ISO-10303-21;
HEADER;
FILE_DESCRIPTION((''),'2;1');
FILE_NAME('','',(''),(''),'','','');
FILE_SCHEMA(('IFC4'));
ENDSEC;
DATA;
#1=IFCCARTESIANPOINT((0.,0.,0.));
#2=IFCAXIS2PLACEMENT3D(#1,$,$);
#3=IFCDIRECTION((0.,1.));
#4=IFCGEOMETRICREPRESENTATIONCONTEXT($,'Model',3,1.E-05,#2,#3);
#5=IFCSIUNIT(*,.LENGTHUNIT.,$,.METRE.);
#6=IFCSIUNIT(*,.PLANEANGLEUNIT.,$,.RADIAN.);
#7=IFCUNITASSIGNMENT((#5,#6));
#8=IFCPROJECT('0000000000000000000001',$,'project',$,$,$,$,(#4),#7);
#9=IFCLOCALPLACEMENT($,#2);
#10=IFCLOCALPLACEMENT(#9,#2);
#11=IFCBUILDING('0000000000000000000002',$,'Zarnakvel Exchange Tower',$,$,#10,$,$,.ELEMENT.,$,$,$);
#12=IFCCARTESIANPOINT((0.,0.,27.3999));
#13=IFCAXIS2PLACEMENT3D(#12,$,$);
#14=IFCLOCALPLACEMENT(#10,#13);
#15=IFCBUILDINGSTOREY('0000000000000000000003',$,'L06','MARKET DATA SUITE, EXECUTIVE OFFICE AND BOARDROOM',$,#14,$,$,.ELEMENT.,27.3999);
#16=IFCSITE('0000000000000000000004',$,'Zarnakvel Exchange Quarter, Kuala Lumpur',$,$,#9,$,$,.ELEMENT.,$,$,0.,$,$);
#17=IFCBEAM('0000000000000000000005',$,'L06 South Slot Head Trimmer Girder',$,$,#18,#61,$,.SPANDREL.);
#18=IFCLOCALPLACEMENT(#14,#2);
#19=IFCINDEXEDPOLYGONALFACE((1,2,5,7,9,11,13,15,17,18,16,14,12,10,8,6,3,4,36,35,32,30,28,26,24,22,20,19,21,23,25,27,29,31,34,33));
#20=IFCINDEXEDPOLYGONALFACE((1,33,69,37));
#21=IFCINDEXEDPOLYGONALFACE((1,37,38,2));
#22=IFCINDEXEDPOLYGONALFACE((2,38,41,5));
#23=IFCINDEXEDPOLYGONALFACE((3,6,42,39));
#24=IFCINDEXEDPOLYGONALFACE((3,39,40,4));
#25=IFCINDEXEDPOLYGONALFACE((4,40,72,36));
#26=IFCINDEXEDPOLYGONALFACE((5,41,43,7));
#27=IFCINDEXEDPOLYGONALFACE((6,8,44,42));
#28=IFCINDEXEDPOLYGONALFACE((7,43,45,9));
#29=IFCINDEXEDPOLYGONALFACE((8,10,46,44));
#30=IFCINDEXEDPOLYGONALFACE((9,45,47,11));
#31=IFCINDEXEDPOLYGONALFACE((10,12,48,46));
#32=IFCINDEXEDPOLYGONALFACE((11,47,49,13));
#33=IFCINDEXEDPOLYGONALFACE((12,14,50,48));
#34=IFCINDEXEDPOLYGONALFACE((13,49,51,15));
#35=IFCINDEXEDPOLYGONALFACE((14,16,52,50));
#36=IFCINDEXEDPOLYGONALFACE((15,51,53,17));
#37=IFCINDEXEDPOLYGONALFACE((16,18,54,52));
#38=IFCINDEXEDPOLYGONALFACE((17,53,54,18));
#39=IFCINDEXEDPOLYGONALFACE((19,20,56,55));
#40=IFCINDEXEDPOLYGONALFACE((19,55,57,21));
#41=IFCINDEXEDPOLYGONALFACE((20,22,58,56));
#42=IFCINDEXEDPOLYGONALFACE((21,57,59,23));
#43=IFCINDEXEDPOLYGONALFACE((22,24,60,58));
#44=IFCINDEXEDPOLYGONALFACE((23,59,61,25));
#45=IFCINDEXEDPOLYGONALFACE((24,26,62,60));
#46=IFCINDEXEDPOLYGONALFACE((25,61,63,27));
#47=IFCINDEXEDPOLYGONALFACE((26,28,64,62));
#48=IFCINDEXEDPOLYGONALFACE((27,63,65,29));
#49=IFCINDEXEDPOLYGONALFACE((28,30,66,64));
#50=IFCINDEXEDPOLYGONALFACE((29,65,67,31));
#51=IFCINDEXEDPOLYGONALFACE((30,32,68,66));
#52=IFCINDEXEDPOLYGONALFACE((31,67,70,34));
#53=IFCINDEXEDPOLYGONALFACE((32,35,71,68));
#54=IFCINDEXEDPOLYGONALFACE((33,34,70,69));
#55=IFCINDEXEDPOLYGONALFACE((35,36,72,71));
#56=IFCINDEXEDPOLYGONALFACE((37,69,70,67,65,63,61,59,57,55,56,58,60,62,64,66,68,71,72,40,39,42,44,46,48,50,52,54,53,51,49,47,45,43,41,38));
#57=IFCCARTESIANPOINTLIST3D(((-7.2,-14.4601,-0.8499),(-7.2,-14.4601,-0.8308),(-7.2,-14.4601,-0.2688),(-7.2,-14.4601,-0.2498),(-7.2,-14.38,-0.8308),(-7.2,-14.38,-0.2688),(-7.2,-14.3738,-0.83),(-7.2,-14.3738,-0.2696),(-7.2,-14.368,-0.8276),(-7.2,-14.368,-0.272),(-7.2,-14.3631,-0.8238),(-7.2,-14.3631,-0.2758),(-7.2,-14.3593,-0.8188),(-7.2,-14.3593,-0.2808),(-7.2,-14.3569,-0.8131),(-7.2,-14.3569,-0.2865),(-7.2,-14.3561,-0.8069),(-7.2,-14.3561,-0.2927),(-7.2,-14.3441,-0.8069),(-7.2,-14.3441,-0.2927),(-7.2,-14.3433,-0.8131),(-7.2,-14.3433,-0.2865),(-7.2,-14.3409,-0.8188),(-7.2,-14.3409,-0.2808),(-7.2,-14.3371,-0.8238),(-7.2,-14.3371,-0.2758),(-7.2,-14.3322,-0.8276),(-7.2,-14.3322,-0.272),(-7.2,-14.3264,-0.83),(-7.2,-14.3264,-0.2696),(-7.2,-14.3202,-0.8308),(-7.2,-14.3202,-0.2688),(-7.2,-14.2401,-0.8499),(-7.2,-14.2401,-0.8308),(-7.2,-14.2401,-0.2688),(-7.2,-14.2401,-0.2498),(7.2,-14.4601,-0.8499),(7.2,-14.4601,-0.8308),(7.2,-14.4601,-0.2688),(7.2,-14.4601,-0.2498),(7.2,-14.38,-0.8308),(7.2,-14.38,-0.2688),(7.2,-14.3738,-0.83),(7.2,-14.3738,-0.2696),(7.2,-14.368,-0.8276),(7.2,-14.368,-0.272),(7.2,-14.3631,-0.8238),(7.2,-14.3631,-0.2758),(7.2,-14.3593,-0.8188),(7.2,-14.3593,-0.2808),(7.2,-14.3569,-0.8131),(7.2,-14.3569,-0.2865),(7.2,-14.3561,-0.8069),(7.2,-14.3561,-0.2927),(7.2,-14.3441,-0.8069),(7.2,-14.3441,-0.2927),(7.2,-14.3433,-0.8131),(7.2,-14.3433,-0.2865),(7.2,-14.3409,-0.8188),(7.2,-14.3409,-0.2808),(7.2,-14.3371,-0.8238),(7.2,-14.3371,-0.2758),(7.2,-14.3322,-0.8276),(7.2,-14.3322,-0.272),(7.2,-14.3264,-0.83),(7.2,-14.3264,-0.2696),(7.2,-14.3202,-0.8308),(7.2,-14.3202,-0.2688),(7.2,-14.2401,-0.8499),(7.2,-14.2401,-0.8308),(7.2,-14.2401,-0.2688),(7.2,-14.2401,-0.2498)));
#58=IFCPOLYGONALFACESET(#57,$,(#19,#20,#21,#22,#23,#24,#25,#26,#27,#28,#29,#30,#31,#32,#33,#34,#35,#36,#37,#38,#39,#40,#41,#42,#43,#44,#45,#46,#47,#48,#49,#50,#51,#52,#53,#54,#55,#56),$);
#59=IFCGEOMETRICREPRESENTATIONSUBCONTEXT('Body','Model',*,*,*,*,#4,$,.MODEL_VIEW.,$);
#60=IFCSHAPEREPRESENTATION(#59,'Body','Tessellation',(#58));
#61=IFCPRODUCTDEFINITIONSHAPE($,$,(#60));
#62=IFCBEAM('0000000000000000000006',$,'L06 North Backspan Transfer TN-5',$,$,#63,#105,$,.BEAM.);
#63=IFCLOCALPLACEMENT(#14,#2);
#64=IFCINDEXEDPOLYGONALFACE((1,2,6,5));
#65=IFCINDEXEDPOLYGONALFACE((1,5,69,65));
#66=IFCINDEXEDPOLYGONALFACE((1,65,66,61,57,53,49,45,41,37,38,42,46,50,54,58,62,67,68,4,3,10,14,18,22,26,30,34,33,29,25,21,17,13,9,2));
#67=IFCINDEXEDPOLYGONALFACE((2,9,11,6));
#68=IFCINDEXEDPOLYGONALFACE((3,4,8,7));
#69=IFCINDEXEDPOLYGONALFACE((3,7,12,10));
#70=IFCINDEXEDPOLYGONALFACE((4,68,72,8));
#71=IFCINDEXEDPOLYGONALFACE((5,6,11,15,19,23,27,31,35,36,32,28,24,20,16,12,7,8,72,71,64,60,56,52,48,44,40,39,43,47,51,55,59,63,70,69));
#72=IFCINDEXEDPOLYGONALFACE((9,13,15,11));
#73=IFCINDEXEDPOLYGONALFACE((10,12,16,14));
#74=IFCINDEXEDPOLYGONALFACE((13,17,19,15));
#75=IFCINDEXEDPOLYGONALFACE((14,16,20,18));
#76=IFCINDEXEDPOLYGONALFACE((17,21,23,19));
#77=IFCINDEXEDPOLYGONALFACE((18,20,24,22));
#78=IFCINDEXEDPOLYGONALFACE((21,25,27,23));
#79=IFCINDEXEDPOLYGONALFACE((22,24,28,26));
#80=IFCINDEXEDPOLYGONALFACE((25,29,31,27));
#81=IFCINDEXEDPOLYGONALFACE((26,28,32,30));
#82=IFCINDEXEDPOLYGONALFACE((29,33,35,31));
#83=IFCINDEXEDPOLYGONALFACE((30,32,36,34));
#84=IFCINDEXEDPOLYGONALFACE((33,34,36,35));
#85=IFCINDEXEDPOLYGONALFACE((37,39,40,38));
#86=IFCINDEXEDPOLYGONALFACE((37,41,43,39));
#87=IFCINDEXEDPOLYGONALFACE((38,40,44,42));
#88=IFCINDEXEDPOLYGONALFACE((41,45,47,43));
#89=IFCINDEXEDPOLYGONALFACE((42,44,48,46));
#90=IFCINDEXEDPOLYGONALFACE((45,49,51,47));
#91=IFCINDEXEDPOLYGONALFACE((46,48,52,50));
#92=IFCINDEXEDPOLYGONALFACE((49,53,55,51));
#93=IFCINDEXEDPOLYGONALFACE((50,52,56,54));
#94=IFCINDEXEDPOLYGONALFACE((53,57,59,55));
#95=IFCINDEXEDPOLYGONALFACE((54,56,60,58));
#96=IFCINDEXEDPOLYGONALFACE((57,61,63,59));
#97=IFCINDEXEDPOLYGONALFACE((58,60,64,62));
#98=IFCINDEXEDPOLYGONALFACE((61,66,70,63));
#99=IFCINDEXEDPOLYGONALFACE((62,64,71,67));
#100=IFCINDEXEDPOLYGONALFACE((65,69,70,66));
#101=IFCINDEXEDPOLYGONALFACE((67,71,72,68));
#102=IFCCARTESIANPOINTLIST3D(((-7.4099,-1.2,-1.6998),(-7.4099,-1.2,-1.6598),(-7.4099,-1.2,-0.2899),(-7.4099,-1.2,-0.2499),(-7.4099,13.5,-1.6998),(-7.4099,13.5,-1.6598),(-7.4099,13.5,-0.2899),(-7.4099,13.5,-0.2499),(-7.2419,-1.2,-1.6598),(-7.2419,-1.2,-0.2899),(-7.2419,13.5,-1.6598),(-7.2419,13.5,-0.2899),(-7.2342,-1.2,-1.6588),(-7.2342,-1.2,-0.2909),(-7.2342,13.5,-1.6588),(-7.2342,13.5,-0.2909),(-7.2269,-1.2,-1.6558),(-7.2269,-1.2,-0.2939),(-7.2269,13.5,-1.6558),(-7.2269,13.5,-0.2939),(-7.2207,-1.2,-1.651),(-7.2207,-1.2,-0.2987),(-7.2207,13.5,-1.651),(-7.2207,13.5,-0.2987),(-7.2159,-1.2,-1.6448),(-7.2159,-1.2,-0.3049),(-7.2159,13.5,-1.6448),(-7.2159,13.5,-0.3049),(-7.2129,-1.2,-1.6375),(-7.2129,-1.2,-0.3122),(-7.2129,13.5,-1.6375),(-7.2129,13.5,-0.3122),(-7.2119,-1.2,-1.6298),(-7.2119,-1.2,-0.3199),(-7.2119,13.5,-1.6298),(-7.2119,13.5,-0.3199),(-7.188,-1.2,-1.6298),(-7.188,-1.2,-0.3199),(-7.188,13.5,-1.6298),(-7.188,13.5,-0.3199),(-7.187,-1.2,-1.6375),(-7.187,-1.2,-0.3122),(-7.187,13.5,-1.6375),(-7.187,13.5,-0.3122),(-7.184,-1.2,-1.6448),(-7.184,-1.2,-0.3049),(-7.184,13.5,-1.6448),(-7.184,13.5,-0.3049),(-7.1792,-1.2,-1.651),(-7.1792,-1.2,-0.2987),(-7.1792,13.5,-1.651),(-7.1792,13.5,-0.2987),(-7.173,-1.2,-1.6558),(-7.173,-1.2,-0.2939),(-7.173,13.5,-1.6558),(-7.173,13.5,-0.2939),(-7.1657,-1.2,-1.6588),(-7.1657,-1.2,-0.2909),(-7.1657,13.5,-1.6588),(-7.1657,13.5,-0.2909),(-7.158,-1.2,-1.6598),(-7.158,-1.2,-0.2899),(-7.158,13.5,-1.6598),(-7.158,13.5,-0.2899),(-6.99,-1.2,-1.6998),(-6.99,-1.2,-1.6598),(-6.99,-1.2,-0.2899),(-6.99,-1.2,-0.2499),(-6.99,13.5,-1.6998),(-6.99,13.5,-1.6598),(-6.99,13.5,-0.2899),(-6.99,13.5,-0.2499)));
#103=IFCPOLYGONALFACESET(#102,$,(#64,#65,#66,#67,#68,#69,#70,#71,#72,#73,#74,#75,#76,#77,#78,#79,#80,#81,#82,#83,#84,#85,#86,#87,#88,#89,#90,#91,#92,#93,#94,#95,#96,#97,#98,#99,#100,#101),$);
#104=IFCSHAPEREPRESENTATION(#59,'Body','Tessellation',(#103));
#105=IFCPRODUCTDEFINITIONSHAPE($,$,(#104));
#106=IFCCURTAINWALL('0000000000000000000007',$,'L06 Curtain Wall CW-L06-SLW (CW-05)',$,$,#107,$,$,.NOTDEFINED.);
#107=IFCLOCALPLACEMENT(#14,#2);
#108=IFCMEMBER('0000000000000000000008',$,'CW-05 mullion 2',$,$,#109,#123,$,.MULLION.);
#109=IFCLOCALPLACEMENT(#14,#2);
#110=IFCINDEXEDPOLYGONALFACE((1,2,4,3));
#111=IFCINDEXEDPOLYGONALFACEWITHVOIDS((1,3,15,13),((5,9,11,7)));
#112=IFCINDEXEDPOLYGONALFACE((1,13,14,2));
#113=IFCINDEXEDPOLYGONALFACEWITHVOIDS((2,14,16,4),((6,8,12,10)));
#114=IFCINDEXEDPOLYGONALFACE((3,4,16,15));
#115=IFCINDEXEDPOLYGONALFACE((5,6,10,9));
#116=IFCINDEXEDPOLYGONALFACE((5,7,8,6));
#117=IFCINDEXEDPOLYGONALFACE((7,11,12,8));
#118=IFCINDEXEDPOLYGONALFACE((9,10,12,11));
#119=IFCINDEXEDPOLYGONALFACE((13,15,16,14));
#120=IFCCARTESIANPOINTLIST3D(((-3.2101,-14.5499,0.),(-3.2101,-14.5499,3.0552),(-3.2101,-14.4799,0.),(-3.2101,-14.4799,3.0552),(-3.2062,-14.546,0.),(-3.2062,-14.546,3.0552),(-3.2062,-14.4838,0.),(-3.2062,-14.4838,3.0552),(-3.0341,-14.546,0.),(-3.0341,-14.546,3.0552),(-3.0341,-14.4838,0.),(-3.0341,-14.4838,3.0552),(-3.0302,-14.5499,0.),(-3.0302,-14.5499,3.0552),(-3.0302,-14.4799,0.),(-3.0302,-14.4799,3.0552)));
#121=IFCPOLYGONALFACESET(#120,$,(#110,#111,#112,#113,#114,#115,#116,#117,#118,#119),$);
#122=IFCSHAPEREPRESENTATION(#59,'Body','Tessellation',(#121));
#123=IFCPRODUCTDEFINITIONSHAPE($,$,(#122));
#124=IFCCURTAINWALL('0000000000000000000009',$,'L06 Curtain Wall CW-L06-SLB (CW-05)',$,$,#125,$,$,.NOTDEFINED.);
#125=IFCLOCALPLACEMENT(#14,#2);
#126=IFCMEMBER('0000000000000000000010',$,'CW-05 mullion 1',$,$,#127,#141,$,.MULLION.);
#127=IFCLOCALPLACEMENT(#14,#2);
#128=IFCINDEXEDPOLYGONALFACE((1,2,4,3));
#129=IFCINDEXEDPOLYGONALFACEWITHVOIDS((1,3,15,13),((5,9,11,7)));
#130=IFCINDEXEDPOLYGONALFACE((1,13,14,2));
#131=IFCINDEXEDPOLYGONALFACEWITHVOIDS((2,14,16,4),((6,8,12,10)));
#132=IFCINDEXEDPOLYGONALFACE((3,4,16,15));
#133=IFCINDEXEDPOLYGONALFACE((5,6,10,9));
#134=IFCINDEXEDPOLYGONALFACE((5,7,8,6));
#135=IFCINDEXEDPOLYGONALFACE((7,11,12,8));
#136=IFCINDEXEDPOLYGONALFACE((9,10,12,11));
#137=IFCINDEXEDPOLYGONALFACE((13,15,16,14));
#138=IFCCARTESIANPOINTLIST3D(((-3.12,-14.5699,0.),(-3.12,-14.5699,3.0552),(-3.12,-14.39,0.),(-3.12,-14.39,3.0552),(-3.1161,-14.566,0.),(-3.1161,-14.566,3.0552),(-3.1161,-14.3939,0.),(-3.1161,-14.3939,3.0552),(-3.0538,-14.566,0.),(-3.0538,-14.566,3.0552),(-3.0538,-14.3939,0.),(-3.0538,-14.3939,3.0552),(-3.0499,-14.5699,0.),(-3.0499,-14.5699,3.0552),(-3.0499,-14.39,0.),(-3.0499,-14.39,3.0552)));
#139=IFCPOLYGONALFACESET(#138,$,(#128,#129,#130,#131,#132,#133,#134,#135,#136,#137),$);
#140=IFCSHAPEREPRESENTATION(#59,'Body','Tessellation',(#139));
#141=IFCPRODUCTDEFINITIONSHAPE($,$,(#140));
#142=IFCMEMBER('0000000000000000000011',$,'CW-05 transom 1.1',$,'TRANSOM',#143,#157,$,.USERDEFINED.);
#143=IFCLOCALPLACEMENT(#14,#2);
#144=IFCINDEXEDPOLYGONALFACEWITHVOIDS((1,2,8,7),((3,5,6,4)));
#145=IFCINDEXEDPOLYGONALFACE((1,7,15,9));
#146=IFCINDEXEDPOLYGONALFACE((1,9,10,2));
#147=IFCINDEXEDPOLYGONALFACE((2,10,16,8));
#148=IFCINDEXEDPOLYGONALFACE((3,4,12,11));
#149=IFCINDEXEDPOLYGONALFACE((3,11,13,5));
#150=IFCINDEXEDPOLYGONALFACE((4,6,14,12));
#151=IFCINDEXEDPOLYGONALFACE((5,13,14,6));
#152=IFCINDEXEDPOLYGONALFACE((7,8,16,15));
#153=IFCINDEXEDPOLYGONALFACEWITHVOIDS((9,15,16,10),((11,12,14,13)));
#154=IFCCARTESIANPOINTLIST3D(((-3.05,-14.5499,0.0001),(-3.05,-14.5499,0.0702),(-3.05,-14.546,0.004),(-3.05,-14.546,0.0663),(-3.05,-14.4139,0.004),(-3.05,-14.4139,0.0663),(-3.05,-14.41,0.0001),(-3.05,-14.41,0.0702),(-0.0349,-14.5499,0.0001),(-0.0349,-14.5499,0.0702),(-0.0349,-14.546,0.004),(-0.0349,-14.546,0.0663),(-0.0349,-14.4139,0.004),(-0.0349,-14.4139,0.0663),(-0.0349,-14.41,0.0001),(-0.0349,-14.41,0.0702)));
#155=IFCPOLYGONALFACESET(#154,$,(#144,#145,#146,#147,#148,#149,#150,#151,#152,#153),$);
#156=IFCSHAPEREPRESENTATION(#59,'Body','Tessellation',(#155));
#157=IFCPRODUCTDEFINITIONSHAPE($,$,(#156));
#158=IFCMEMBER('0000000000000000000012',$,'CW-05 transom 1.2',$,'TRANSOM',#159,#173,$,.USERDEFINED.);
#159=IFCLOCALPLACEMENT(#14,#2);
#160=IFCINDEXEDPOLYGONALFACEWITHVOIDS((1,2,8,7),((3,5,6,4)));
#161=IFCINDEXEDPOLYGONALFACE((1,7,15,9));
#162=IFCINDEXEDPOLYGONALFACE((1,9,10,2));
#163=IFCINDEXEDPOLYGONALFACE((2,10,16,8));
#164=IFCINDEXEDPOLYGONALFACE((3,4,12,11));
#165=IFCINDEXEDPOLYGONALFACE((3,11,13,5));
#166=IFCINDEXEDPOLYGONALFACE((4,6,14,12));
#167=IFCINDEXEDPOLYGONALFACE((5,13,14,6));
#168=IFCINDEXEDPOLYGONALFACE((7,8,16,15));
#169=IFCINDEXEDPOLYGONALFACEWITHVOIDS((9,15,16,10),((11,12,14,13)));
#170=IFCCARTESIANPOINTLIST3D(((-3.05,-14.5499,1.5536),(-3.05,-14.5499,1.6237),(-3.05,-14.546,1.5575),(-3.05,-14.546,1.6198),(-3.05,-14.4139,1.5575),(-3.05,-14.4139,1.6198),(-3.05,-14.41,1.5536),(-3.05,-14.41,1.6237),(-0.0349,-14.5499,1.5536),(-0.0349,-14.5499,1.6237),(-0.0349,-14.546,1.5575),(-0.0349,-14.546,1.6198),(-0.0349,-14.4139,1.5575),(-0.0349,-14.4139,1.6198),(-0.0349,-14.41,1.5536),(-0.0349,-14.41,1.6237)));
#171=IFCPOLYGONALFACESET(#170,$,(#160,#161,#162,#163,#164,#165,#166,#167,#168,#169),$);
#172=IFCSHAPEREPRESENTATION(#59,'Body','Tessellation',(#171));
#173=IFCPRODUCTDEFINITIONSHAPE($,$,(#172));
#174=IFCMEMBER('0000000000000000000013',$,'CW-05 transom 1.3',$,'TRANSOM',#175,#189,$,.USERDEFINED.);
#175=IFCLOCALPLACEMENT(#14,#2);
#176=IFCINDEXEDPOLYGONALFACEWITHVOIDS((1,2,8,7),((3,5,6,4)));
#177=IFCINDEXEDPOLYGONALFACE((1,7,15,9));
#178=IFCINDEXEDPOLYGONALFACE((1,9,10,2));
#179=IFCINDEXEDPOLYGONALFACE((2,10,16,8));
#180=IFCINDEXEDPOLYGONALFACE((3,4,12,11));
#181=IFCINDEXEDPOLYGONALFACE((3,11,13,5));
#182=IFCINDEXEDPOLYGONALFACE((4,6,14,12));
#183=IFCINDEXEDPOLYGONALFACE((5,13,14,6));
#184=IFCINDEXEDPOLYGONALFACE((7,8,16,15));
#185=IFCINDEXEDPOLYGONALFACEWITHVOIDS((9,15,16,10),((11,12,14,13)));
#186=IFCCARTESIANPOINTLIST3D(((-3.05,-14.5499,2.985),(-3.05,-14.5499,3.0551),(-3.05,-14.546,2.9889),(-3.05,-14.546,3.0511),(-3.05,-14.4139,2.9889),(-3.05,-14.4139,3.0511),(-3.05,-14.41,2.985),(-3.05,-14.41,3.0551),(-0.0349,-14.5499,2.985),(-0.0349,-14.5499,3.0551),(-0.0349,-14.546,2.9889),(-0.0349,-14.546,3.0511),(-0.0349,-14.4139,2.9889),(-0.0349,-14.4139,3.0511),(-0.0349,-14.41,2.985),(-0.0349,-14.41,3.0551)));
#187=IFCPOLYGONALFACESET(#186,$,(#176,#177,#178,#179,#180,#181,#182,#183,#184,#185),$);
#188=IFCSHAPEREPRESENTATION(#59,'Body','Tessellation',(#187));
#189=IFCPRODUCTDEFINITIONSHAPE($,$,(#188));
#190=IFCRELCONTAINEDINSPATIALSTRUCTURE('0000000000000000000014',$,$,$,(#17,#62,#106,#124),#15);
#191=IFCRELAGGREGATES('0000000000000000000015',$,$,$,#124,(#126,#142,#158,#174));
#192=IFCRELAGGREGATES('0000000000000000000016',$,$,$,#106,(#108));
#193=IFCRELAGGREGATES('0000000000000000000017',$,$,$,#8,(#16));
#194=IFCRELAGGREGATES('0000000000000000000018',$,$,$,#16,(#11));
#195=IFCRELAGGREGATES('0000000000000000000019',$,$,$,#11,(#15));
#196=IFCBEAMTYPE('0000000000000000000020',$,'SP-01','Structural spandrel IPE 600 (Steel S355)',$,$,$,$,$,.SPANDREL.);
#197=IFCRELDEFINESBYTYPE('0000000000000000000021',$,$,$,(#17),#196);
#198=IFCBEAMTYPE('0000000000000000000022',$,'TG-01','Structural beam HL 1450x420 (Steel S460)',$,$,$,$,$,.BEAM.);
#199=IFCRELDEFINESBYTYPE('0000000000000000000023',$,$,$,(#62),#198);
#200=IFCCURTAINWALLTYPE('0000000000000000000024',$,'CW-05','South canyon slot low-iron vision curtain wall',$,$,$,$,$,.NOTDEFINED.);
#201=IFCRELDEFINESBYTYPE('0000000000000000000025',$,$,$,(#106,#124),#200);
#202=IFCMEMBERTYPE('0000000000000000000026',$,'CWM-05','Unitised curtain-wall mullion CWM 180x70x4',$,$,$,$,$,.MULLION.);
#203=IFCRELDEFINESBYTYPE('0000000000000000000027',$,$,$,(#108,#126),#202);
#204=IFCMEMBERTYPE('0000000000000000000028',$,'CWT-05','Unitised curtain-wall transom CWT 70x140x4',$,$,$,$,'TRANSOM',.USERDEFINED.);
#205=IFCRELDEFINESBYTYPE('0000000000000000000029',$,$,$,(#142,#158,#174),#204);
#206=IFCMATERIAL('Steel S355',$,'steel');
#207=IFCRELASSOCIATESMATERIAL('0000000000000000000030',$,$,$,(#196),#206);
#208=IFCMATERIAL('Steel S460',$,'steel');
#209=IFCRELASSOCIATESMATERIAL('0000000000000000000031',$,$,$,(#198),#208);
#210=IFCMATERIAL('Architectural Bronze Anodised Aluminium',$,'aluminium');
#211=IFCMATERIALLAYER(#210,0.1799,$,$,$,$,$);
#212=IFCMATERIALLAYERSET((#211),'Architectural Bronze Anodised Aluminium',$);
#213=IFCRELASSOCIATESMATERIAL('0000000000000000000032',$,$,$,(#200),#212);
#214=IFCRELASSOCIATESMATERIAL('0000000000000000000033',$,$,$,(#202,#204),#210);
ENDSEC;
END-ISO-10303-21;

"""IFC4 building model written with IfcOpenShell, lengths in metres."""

from ifc_helpers import new_model, si_unit, direction, frame, origin, origin_2d, place, context, subcontext, project, spatial, hollow_rectangle, i_section, extrude, source, transform, mapped, material, layer, layer_set, material_profile, profile_set, type_object, element, aggregate, save


model = new_model("IFC4")

# Units and contexts
model_context = context("Model", 3, precision=1e-05, world=origin(), true_north=direction((0.0, 1.0)))
body_context = subcontext(model_context, "Body", "Model", "MODEL_VIEW")
ifc_project = project(units=[si_unit("LENGTHUNIT", "METRE"), si_unit("PLANEANGLEUNIT", "RADIAN")], contexts=[model_context])

# Site, building, storey
site_placement = place(None, origin())
site = spatial("IfcSite", under=ifc_project, at=site_placement, Name="Zarnakvel Exchange Quarter, Kuala Lumpur", CompositionType="ELEMENT", RefElevation=0.0)
building_placement = place(site_placement, origin())
building = spatial("IfcBuilding", under=site, at=building_placement, Name="Zarnakvel Exchange Tower", CompositionType="ELEMENT")
storey_placement = place(building_placement, frame((0.0, 0.0, 27.3999)))
storey = spatial("IfcBuildingStorey", under=building, at=storey_placement, Name="L06", Description="MARKET DATA SUITE, EXECUTIVE OFFICE AND BOARDROOM", CompositionType="ELEMENT", Elevation=27.3999)

# Beams
ifc_material_1 = material(Name="Steel S355", Category="steel")
ifc_material_profile_1 = material_profile(ifc_material_1, i_section(OverallWidth=0.22, OverallDepth=0.6001, WebThickness=0.012, FlangeThickness=0.019, FilletRadius=0.0239, at=origin_2d()))
ifc_profile_set_1 = profile_set([ifc_material_profile_1], Name="Steel S355")
beam_type_1 = type_object("IfcBeamType", Name="SP-01", Description="Structural spandrel IPE 600 (Steel S355)", PredefinedType="SPANDREL", material=ifc_profile_set_1)
beam_1_placement = place(storey_placement, frame((-7.2, -14.3501, -0.5498), z_axis=(1.0, 0.0, 0.0), x_axis=(0.0, 1.0, 0.0)))
element("IfcBeam", 1, at=beam_1_placement, inside=storey, type_object=beam_type_1, Name="L06 South Slot Head Trimmer Girder", PredefinedType="SPANDREL", context=body_context, shape_type="SweptSolid", body=[
    extrude(i_section(OverallWidth=0.22, OverallDepth=0.6001, WebThickness=0.012, FlangeThickness=0.019, FilletRadius=0.0239, at=origin_2d()), origin(), (0.0, 0.0, 1.0), 14.3999),
])
ifc_material_2 = material(Name="Steel S460", Category="steel")
ifc_material_profile_2 = material_profile(ifc_material_2, i_section(OverallWidth=0.4199, OverallDepth=1.45, WebThickness=0.0239, FlangeThickness=0.04, FilletRadius=0.03, at=origin_2d()))
ifc_profile_set_2 = profile_set([ifc_material_profile_2], Name="Steel S460")
beam_type_2 = type_object("IfcBeamType", Name="TG-01", Description="Structural beam HL 1450x420 (Steel S460)", PredefinedType="BEAM", material=ifc_profile_set_2)
beam_2_placement = place(storey_placement, frame((-7.2, -1.2, -0.9749), z_axis=(0.0, 1.0, 0.0), x_axis=(-1.0, 0.0, 0.0)))
element("IfcBeam", 2, at=beam_2_placement, inside=storey, type_object=beam_type_2, Name="L06 North Backspan Transfer TN-5", PredefinedType="BEAM", context=body_context, shape_type="SweptSolid", body=[
    extrude(i_section(OverallWidth=0.4199, OverallDepth=1.45, WebThickness=0.0239, FlangeThickness=0.04, FilletRadius=0.03, at=origin_2d()), origin(), (0.0, 0.0, 1.0), 14.7),
])

# Curtain wall, member
ifc_material_3 = material(Name="Architectural Bronze Anodised Aluminium", Category="aluminium")
ifc_layer_1 = layer(ifc_material_3, 0.1799)
ifc_layer_set_1 = layer_set([ifc_layer_1], Name="Architectural Bronze Anodised Aluminium")
curtain_wall_type = type_object("IfcCurtainWallType", Name="CW-05", Description="South canyon slot low-iron vision curtain wall", PredefinedType="NOTDEFINED", material=ifc_layer_set_1)
curtain_wall_1_placement = place(storey_placement, origin())
curtain_wall_1 = element("IfcCurtainWall", 3, at=curtain_wall_1_placement, inside=storey, type_object=curtain_wall_type, Name="L06 Curtain Wall CW-L06-SLW (CW-05)", PredefinedType="NOTDEFINED")
ifc_material_profile_3 = material_profile(ifc_material_3, hollow_rectangle(XDim=0.1799, YDim=0.0701, WallThickness=0.0039, at=origin_2d()))
ifc_profile_set_3 = profile_set([ifc_material_profile_3], Name="Architectural Bronze Anodised Aluminium")
member_type_1 = type_object("IfcMemberType", Name="CWM-05", Description="Unitised curtain-wall mullion CWM 180x70x4", PredefinedType="MULLION", material=ifc_profile_set_3)
shared_shape_1 = source(origin(), body_context, "Body", "SweptSolid", [
    extrude(hollow_rectangle(XDim=0.1799, YDim=0.0701, WallThickness=0.0039, at=origin_2d()), origin(), (0.0, 0.0, 1.0), 3.0552),
])
member_1_placement = place(storey_placement, frame((-3.1201, -14.5149, 0.0), z_axis=(0.0, 0.0, 1.0), x_axis=(-1.0, 0.0, 0.0)))
member_1 = element("IfcMember", 4, at=member_1_placement, type_object=member_type_1, Name="CW-05 mullion 2", PredefinedType="MULLION", context=body_context, shape_type="MappedRepresentation", body=[
    mapped(shared_shape_1, transform((0.0, 0.0, 0.0), x_axis=(1.0, 0.0, 0.0), y_axis=(0.0, 1.0, 0.0), z_axis=(0.0, 0.0, 1.0), scale=1.0)),
])

# Curtain wall, members
curtain_wall_2_placement = place(storey_placement, origin())
curtain_wall_2 = element("IfcCurtainWall", 5, at=curtain_wall_2_placement, inside=storey, type_object=curtain_wall_type, Name="L06 Curtain Wall CW-L06-SLB (CW-05)", PredefinedType="NOTDEFINED")
member_2_placement = place(storey_placement, frame((-3.085, -14.48, 0.0), z_axis=(0.0, 0.0, 1.0), x_axis=(0.0, 1.0, 0.0)))
member_2 = element("IfcMember", 6, at=member_2_placement, type_object=member_type_1, Name="CW-05 mullion 1", PredefinedType="MULLION", context=body_context, shape_type="MappedRepresentation", body=[
    mapped(shared_shape_1, transform((0.0, 0.0, 0.0), x_axis=(1.0, 0.0, 0.0), y_axis=(0.0, 1.0, 0.0), z_axis=(0.0, 0.0, 1.0), scale=1.0)),
])
ifc_material_profile_4 = material_profile(ifc_material_3, hollow_rectangle(XDim=0.1399, YDim=0.0701, WallThickness=0.0039, at=origin_2d()))
ifc_profile_set_4 = profile_set([ifc_material_profile_4], Name="Architectural Bronze Anodised Aluminium")
member_type_2 = type_object("IfcMemberType", Name="CWT-05", Description="Unitised curtain-wall transom CWT 70x140x4", ElementType="TRANSOM", PredefinedType="USERDEFINED", material=ifc_profile_set_4)
shared_shape_2 = source(origin(), body_context, "Body", "SweptSolid", [
    extrude(hollow_rectangle(XDim=0.1399, YDim=0.0701, WallThickness=0.0039, at=origin_2d()), origin(), (0.0, 0.0, 1.0), 3.0151),
])
member_3_placement = place(storey_placement, frame((-3.05, -14.48, 0.0352), z_axis=(1.0, 0.0, 0.0), x_axis=(0.0, 1.0, 0.0)))
member_3 = element("IfcMember", 7, at=member_3_placement, type_object=member_type_2, Name="CW-05 transom 1.1", ObjectType="TRANSOM", PredefinedType="USERDEFINED", context=body_context, shape_type="MappedRepresentation", body=[
    mapped(shared_shape_2, transform((0.0, 0.0, 0.0), x_axis=(1.0, 0.0, 0.0), y_axis=(0.0, 1.0, 0.0), z_axis=(0.0, 0.0, 1.0), scale=1.0)),
])
member_4_placement = place(storey_placement, frame((-3.05, -14.48, 1.5886), z_axis=(1.0, 0.0, 0.0), x_axis=(0.0, 1.0, 0.0)))
member_4 = element("IfcMember", 8, at=member_4_placement, type_object=member_type_2, Name="CW-05 transom 1.2", ObjectType="TRANSOM", PredefinedType="USERDEFINED", context=body_context, shape_type="MappedRepresentation", body=[
    mapped(shared_shape_2, transform((0.0, 0.0, 0.0), x_axis=(1.0, 0.0, 0.0), y_axis=(0.0, 1.0, 0.0), z_axis=(0.0, 0.0, 1.0), scale=1.0)),
])
member_5_placement = place(storey_placement, frame((-3.05, -14.48, 3.02), z_axis=(1.0, 0.0, 0.0), x_axis=(0.0, 1.0, 0.0)))
member_5 = element("IfcMember", 9, at=member_5_placement, type_object=member_type_2, Name="CW-05 transom 1.3", ObjectType="TRANSOM", PredefinedType="USERDEFINED", context=body_context, shape_type="MappedRepresentation", body=[
    mapped(shared_shape_2, transform((0.0, 0.0, 0.0), x_axis=(1.0, 0.0, 0.0), y_axis=(0.0, 1.0, 0.0), z_axis=(0.0, 0.0, 1.0), scale=1.0)),
])
aggregate(curtain_wall_2, [member_2, member_3, member_4, member_5])

aggregate(curtain_wall_1, [member_1])

save(model, "model.ifc")
